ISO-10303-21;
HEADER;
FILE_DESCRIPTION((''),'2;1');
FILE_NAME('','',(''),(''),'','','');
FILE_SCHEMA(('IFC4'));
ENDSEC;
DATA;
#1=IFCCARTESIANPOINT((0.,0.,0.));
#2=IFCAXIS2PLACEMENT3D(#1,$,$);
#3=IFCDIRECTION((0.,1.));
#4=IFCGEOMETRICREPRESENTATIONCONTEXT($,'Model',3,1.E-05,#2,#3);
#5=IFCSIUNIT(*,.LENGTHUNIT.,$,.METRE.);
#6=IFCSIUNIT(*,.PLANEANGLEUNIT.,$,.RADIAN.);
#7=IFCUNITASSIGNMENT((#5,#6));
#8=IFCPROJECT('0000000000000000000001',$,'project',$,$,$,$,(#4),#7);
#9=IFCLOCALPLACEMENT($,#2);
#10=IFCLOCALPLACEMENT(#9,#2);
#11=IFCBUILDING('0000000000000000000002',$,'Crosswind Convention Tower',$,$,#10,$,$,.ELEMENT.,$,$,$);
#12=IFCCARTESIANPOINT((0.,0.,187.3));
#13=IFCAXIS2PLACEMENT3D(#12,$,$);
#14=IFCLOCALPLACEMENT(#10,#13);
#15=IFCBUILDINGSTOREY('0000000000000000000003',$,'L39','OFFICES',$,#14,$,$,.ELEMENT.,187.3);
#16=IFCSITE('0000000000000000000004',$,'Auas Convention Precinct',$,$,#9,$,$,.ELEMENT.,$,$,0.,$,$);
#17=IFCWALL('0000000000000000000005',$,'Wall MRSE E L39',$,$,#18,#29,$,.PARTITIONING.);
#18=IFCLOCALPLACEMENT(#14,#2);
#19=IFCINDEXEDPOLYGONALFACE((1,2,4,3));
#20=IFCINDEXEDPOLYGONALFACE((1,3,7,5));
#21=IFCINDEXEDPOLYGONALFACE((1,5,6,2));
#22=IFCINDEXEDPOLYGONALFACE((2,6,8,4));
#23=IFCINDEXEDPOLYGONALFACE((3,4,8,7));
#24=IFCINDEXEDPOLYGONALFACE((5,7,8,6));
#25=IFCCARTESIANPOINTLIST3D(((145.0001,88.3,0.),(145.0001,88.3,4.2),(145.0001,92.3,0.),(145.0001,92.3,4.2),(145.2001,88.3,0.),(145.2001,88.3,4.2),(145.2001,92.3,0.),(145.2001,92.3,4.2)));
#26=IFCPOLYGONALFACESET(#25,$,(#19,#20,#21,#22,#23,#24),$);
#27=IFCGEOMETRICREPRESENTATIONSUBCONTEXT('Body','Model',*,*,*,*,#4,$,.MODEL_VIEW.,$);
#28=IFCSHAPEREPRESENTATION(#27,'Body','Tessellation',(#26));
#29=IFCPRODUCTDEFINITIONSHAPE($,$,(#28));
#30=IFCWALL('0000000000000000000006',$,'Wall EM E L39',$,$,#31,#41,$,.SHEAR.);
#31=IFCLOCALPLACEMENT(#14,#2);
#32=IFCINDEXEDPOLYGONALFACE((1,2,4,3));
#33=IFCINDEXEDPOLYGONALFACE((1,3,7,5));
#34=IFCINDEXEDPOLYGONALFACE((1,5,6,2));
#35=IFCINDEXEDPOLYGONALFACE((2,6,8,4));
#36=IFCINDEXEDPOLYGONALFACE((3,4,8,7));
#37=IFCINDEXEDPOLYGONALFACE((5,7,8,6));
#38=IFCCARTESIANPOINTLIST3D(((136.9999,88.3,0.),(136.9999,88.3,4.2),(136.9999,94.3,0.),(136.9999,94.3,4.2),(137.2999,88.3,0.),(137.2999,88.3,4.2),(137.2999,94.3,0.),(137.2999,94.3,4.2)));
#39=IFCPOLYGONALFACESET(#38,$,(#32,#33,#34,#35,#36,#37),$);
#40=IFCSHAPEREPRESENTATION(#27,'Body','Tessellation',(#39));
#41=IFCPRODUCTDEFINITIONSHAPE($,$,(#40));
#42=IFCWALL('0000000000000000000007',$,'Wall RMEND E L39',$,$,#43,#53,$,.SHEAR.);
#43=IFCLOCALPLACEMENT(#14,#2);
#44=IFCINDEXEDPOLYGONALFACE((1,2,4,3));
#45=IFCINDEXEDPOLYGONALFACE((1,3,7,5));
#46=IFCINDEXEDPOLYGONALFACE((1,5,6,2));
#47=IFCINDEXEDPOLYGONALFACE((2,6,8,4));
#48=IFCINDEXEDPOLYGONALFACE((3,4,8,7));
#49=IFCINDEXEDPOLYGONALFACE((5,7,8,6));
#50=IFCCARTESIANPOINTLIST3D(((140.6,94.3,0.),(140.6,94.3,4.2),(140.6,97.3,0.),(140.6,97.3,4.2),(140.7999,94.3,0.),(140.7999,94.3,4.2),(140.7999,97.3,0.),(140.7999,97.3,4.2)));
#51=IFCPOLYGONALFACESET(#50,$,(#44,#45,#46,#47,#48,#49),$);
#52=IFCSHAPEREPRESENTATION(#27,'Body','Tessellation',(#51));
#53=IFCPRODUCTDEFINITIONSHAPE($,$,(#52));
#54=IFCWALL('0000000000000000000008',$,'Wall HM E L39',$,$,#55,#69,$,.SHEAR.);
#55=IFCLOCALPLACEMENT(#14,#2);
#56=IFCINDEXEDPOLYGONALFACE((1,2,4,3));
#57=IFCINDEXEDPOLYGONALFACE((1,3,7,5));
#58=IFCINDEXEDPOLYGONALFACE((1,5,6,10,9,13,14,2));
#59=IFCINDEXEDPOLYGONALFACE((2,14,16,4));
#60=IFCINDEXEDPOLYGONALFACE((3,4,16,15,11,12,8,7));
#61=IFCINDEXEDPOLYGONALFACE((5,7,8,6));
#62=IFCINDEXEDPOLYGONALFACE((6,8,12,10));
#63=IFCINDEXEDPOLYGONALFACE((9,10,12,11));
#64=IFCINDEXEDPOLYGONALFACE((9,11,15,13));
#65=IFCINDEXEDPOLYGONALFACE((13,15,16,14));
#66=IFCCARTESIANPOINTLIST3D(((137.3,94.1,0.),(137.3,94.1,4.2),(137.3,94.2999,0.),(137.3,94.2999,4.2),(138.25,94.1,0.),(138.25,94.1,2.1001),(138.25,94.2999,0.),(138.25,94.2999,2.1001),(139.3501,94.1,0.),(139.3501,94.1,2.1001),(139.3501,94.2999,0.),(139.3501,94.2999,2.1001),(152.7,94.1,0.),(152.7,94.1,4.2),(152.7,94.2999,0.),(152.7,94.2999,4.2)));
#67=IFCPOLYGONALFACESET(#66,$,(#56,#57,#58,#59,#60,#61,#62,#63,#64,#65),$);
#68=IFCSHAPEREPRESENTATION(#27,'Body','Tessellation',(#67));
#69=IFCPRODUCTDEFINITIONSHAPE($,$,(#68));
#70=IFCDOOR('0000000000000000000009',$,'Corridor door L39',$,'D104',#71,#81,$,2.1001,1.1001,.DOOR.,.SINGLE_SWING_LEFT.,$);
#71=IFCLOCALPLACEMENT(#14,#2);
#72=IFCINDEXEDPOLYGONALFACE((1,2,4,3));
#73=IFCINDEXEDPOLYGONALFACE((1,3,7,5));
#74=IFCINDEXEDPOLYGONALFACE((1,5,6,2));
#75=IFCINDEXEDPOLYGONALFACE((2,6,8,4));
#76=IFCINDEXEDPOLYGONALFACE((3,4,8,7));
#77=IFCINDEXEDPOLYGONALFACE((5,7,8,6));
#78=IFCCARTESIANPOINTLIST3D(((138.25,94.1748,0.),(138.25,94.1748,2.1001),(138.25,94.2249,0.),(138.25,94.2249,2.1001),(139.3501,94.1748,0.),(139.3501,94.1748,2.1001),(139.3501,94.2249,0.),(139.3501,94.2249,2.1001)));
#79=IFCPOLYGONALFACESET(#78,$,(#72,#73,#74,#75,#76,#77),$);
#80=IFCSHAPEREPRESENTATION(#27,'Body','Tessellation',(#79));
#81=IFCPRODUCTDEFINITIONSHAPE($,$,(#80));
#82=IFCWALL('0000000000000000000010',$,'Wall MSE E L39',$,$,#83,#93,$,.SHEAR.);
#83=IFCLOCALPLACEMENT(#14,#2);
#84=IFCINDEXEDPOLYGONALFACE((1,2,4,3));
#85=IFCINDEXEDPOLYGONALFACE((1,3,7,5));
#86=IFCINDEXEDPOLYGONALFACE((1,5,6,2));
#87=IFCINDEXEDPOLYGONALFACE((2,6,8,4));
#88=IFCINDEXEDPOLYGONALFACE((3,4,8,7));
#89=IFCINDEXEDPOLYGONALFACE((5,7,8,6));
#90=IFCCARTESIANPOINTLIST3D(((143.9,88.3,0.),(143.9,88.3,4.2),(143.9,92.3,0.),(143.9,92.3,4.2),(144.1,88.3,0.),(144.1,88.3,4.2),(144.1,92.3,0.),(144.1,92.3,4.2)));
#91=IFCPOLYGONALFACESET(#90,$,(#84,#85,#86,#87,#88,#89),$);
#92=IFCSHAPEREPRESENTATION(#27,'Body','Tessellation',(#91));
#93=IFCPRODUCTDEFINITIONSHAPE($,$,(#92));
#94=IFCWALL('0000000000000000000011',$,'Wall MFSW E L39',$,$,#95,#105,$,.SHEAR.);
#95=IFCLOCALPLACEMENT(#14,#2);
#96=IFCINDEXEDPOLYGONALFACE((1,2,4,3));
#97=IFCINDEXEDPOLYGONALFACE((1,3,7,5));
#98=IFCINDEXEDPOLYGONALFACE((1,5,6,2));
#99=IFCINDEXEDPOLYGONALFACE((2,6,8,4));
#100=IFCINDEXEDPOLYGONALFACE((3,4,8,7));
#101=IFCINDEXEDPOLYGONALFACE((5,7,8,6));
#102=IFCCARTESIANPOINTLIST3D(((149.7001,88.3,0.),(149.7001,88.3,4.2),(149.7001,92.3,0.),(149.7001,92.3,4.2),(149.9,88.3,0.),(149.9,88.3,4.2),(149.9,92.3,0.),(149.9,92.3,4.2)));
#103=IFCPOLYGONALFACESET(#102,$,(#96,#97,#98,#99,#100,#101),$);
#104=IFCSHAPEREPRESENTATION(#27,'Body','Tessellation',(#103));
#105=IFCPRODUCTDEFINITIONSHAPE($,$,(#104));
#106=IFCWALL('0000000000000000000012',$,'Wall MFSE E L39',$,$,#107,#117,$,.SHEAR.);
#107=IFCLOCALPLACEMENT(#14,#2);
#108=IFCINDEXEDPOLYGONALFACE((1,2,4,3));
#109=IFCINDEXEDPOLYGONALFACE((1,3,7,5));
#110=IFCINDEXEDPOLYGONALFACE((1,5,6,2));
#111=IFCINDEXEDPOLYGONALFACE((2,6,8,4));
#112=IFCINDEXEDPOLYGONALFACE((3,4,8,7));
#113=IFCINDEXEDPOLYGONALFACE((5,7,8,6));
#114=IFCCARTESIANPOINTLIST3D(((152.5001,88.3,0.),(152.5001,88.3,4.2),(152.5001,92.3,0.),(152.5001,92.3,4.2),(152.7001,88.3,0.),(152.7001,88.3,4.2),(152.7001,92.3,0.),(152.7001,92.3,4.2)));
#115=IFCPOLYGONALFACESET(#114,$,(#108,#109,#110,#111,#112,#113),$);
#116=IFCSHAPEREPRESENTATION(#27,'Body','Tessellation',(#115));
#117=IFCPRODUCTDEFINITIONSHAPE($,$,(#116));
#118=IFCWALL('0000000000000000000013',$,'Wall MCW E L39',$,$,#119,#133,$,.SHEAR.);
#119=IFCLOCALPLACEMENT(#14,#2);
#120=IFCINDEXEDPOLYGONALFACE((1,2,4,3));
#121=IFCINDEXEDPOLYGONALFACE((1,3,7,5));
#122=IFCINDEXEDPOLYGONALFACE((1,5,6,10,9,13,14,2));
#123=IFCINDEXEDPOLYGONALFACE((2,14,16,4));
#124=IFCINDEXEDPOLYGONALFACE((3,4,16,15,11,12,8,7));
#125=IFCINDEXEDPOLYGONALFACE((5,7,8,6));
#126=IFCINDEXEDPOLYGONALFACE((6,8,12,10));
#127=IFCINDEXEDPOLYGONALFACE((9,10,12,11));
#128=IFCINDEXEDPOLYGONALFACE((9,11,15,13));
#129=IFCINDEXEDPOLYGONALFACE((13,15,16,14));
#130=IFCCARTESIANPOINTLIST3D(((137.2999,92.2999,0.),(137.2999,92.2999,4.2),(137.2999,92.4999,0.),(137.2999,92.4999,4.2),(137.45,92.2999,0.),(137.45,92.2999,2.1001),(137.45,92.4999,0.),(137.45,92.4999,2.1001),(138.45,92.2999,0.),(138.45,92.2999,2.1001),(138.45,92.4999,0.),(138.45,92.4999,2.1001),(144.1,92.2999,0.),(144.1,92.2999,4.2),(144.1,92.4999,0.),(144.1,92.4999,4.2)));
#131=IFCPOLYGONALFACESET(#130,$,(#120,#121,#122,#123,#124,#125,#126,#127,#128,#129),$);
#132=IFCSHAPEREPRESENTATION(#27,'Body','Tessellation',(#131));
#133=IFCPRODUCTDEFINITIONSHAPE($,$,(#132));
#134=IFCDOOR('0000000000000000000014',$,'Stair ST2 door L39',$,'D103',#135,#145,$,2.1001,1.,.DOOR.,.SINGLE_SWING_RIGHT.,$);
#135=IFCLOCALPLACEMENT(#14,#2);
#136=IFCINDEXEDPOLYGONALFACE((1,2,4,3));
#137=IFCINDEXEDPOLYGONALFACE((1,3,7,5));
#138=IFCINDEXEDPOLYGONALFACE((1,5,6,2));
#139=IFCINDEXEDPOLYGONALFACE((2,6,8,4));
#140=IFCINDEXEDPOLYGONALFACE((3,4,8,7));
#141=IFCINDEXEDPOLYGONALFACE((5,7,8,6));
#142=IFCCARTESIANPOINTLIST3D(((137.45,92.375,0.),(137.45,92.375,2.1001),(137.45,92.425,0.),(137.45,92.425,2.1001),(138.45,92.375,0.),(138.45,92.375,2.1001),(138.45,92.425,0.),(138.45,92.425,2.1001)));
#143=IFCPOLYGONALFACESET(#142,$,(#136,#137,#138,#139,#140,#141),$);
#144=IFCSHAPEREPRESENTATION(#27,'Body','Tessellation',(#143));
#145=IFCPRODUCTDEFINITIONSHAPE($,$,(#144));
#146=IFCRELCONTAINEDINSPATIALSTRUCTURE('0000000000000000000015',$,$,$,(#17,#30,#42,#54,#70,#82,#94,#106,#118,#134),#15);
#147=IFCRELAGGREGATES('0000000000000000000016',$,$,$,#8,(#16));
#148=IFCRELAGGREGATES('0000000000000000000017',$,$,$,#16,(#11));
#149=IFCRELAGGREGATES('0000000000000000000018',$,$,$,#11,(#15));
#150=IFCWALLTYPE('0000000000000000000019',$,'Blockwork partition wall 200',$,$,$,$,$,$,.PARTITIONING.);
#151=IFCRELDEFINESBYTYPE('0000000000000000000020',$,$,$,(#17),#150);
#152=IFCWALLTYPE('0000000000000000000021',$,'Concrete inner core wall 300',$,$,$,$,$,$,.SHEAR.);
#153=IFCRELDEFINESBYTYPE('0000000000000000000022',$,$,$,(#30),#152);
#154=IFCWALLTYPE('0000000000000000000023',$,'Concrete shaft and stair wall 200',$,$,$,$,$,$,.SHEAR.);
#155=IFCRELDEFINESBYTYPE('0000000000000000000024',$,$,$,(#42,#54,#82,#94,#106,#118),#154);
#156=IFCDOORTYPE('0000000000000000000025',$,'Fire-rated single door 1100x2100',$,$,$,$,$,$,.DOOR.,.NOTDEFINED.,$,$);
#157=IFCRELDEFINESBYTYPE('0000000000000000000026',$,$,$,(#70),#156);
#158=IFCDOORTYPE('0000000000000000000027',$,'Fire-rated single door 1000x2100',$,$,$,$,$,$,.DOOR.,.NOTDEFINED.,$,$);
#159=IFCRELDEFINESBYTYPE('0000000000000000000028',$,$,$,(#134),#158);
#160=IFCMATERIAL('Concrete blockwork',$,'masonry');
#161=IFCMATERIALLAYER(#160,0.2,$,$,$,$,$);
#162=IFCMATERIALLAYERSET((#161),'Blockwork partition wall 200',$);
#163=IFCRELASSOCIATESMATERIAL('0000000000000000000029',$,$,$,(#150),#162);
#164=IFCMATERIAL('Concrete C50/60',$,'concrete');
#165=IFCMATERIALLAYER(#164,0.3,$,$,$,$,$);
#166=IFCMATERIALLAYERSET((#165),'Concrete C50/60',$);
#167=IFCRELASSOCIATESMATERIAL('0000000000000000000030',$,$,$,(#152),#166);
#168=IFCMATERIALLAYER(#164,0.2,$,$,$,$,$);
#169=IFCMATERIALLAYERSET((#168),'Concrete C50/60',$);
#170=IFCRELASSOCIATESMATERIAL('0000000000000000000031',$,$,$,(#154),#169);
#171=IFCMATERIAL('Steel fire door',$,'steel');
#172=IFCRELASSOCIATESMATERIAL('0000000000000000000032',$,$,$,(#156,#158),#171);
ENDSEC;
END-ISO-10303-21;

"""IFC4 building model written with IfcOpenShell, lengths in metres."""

from ifc_helpers import new_model, si_unit, direction, frame, frame_2d, origin, place, context, subcontext, project, spatial, rectangle, extrude, material, layer, layer_set, type_object, element, fill, save


model = new_model("IFC4")

# Units and contexts
model_context = context("Model", 3, precision=1e-05, world=origin(), true_north=direction((0.0, 1.0)))
body_context = subcontext(model_context, "Body", "Model", "MODEL_VIEW")
ifc_project = project(units=[si_unit("LENGTHUNIT", "METRE"), si_unit("PLANEANGLEUNIT", "RADIAN")], contexts=[model_context])

# Site, building, storey
site_placement = place(None, origin())
site = spatial("IfcSite", under=ifc_project, at=site_placement, Name="Auas Convention Precinct", CompositionType="ELEMENT", RefElevation=0.0)
building_placement = place(site_placement, origin())
building = spatial("IfcBuilding", under=site, at=building_placement, Name="Crosswind Convention Tower", CompositionType="ELEMENT")
storey_placement = place(building_placement, frame((0.0, 0.0, 187.3)))
storey = spatial("IfcBuildingStorey", under=building, at=storey_placement, Name="L39", Description="OFFICES", CompositionType="ELEMENT", Elevation=187.3)

# Wall
ifc_material_1 = material(Name="Concrete blockwork", Category="masonry")
ifc_layer_1 = layer(ifc_material_1, 0.2)
ifc_layer_set_1 = layer_set([ifc_layer_1], Name="Blockwork partition wall 200")
wall_type_1 = type_object("IfcWallType", Name="Blockwork partition wall 200", PredefinedType="PARTITIONING", material=ifc_layer_set_1)
wall_1_placement = place(storey_placement, frame((145.1001, 88.3, 0.0), z_axis=(0.0, 0.0, 1.0), x_axis=(0.0, 1.0, 0.0)))
element("IfcWall", 1, at=wall_1_placement, inside=storey, type_object=wall_type_1, Name="Wall MRSE E L39", PredefinedType="PARTITIONING", context=body_context, shape_type="SweptSolid", body=[
    extrude(rectangle(XDim=4.0, YDim=0.2, at=frame_2d((2.0, 0.0))), origin(), (0.0, 0.0, 1.0), 4.2),
])

# Shared definitions
ifc_material_2 = material(Name="Concrete C50/60", Category="concrete")
ifc_layer_2 = layer(ifc_material_2, 0.3)
ifc_layer_set_2 = layer_set([ifc_layer_2], Name="Concrete C50/60")
wall_type_2 = type_object("IfcWallType", Name="Concrete inner core wall 300", PredefinedType="SHEAR", material=ifc_layer_set_2)

# Walls
wall_2_placement = place(storey_placement, frame((137.1499, 88.3, 0.0), z_axis=(0.0, 0.0, 1.0), x_axis=(0.0, 1.0, 0.0)))
element("IfcWall", 2, at=wall_2_placement, inside=storey, type_object=wall_type_2, Name="Wall EM E L39", PredefinedType="SHEAR", context=body_context, shape_type="SweptSolid", body=[
    extrude(rectangle(XDim=6.0, YDim=0.3, at=frame_2d((3.0, 0.0))), origin(), (0.0, 0.0, 1.0), 4.2),
])
ifc_layer_3 = layer(ifc_material_2, 0.2)
ifc_layer_set_3 = layer_set([ifc_layer_3], Name="Concrete C50/60")
wall_type_3 = type_object("IfcWallType", Name="Concrete shaft and stair wall 200", PredefinedType="SHEAR", material=ifc_layer_set_3)
wall_3_placement = place(storey_placement, frame((140.7, 94.3, 0.0), z_axis=(0.0, 0.0, 1.0), x_axis=(0.0, 1.0, 0.0)))
element("IfcWall", 3, at=wall_3_placement, inside=storey, type_object=wall_type_3, Name="Wall RMEND E L39", PredefinedType="SHEAR", context=body_context, shape_type="SweptSolid", body=[
    extrude(rectangle(XDim=3.0, YDim=0.2, at=frame_2d((1.5, 0.0))), origin(), (0.0, 0.0, 1.0), 4.2),
])

# Wall, opening, door
wall_4_placement = place(storey_placement, frame((137.3, 94.2, 0.0), z_axis=(0.0, 0.0, 1.0), x_axis=(1.0, 0.0, 0.0)))
wall_4 = element("IfcWall", 4, at=wall_4_placement, inside=storey, type_object=wall_type_3, Name="Wall HM E L39", PredefinedType="SHEAR", context=body_context, shape_type="SweptSolid", body=[
    extrude(rectangle(XDim=15.3999, YDim=0.2, at=frame_2d((7.7, 0.0))), origin(), (0.0, 0.0, 1.0), 4.2),
])
opening_1_placement = place(wall_4_placement, frame((0.95, 0.0, 0.0)))
opening_1 = element("IfcOpeningElement", 5, at=opening_1_placement, cuts=wall_4, PredefinedType="OPENING", context=body_context, shape_type="SweptSolid", body=[
    extrude(rectangle(XDim=1.1001, YDim=2.1001, at=frame_2d((0.55, 1.05))), frame((0.0, 0.1099, 0.0), z_axis=(0.0, -1.0, 0.0), x_axis=(1.0, 0.0, 0.0)), (0.0, 0.0, 1.0), 0.22),
])
ifc_material_3 = material(Name="Steel fire door", Category="steel")
door_type_1 = type_object("IfcDoorType", Name="Fire-rated single door 1100x2100", OperationType="NOTDEFINED", PredefinedType="DOOR", material=ifc_material_3)
door_1_placement = place(opening_1_placement, origin())
door_1 = element("IfcDoor", 6, at=door_1_placement, inside=storey, type_object=door_type_1, Name="Corridor door L39", ObjectType="D104", OperationType="SINGLE_SWING_LEFT", OverallHeight=2.1001, OverallWidth=1.1001, PredefinedType="DOOR", context=body_context, shape_type="SweptSolid", body=[
    extrude(rectangle(XDim=1.1001, YDim=2.1001, at=frame_2d((0.55, 1.05))), frame((0.0, 0.0249, 0.0), z_axis=(0.0, -1.0, 0.0), x_axis=(1.0, 0.0, 0.0)), (0.0, 0.0, 1.0), 0.05),
])
fill(opening_1, door_1)

# Walls
for number, where, z_axis, x_axis, name in (
    (7, (144.0, 88.3, 0.0), (0.0, 0.0, 1.0), (0.0, 1.0, 0.0), "Wall MSE E L39"),
    (8, (149.8, 88.3, 0.0), (0.0, 0.0, 1.0), (0.0, 1.0, 0.0), "Wall MFSW E L39"),
    (9, (152.6001, 88.3, 0.0), (0.0, 0.0, 1.0), (0.0, 1.0, 0.0), "Wall MFSE E L39"),
):
    element("IfcWall", number, at=place(storey_placement, frame(where, z_axis=z_axis, x_axis=x_axis)), inside=storey, type_object=wall_type_3, Name=name, PredefinedType="SHEAR", context=body_context, shape_type="SweptSolid", body=[
        extrude(rectangle(XDim=4.0, YDim=0.2, at=frame_2d((2.0, 0.0))), origin(), (0.0, 0.0, 1.0), 4.2),
    ])

# Wall, opening, door
wall_5_placement = place(storey_placement, frame((137.3, 92.3999, 0.0), z_axis=(0.0, 0.0, 1.0), x_axis=(1.0, 0.0, 0.0)))
wall_5 = element("IfcWall", 10, at=wall_5_placement, inside=storey, type_object=wall_type_3, Name="Wall MCW E L39", PredefinedType="SHEAR", context=body_context, shape_type="SweptSolid", body=[
    extrude(rectangle(XDim=6.8, YDim=0.2, at=frame_2d((3.3999, 0.0))), origin(), (0.0, 0.0, 1.0), 4.2),
])
opening_2_placement = place(wall_5_placement, frame((0.1499, 0.0, 0.0)))
opening_2 = element("IfcOpeningElement", 11, at=opening_2_placement, cuts=wall_5, PredefinedType="OPENING", context=body_context, shape_type="SweptSolid", body=[
    extrude(rectangle(XDim=1.0, YDim=2.1001, at=frame_2d((0.5, 1.05))), frame((0.0, 0.1099, 0.0), z_axis=(0.0, -1.0, 0.0), x_axis=(1.0, 0.0, 0.0)), (0.0, 0.0, 1.0), 0.22),
])
door_type_2 = type_object("IfcDoorType", Name="Fire-rated single door 1000x2100", OperationType="NOTDEFINED", PredefinedType="DOOR", material=ifc_material_3)
door_2_placement = place(opening_2_placement, frame((1.0, 0.0, 0.0), z_axis=(0.0, 0.0, 1.0), x_axis=(-1.0, 0.0, 0.0)))
door_2 = element("IfcDoor", 12, at=door_2_placement, inside=storey, type_object=door_type_2, Name="Stair ST2 door L39", ObjectType="D103", OperationType="SINGLE_SWING_RIGHT", OverallHeight=2.1001, OverallWidth=1.0, PredefinedType="DOOR", context=body_context, shape_type="SweptSolid", body=[
    extrude(rectangle(XDim=1.0, YDim=2.1001, at=frame_2d((0.5, 1.05))), frame((0.0, 0.0249, 0.0), z_axis=(0.0, -1.0, 0.0), x_axis=(1.0, 0.0, 0.0)), (0.0, 0.0, 1.0), 0.05),
])
fill(opening_2, door_2)

save(model, "model.ifc")
